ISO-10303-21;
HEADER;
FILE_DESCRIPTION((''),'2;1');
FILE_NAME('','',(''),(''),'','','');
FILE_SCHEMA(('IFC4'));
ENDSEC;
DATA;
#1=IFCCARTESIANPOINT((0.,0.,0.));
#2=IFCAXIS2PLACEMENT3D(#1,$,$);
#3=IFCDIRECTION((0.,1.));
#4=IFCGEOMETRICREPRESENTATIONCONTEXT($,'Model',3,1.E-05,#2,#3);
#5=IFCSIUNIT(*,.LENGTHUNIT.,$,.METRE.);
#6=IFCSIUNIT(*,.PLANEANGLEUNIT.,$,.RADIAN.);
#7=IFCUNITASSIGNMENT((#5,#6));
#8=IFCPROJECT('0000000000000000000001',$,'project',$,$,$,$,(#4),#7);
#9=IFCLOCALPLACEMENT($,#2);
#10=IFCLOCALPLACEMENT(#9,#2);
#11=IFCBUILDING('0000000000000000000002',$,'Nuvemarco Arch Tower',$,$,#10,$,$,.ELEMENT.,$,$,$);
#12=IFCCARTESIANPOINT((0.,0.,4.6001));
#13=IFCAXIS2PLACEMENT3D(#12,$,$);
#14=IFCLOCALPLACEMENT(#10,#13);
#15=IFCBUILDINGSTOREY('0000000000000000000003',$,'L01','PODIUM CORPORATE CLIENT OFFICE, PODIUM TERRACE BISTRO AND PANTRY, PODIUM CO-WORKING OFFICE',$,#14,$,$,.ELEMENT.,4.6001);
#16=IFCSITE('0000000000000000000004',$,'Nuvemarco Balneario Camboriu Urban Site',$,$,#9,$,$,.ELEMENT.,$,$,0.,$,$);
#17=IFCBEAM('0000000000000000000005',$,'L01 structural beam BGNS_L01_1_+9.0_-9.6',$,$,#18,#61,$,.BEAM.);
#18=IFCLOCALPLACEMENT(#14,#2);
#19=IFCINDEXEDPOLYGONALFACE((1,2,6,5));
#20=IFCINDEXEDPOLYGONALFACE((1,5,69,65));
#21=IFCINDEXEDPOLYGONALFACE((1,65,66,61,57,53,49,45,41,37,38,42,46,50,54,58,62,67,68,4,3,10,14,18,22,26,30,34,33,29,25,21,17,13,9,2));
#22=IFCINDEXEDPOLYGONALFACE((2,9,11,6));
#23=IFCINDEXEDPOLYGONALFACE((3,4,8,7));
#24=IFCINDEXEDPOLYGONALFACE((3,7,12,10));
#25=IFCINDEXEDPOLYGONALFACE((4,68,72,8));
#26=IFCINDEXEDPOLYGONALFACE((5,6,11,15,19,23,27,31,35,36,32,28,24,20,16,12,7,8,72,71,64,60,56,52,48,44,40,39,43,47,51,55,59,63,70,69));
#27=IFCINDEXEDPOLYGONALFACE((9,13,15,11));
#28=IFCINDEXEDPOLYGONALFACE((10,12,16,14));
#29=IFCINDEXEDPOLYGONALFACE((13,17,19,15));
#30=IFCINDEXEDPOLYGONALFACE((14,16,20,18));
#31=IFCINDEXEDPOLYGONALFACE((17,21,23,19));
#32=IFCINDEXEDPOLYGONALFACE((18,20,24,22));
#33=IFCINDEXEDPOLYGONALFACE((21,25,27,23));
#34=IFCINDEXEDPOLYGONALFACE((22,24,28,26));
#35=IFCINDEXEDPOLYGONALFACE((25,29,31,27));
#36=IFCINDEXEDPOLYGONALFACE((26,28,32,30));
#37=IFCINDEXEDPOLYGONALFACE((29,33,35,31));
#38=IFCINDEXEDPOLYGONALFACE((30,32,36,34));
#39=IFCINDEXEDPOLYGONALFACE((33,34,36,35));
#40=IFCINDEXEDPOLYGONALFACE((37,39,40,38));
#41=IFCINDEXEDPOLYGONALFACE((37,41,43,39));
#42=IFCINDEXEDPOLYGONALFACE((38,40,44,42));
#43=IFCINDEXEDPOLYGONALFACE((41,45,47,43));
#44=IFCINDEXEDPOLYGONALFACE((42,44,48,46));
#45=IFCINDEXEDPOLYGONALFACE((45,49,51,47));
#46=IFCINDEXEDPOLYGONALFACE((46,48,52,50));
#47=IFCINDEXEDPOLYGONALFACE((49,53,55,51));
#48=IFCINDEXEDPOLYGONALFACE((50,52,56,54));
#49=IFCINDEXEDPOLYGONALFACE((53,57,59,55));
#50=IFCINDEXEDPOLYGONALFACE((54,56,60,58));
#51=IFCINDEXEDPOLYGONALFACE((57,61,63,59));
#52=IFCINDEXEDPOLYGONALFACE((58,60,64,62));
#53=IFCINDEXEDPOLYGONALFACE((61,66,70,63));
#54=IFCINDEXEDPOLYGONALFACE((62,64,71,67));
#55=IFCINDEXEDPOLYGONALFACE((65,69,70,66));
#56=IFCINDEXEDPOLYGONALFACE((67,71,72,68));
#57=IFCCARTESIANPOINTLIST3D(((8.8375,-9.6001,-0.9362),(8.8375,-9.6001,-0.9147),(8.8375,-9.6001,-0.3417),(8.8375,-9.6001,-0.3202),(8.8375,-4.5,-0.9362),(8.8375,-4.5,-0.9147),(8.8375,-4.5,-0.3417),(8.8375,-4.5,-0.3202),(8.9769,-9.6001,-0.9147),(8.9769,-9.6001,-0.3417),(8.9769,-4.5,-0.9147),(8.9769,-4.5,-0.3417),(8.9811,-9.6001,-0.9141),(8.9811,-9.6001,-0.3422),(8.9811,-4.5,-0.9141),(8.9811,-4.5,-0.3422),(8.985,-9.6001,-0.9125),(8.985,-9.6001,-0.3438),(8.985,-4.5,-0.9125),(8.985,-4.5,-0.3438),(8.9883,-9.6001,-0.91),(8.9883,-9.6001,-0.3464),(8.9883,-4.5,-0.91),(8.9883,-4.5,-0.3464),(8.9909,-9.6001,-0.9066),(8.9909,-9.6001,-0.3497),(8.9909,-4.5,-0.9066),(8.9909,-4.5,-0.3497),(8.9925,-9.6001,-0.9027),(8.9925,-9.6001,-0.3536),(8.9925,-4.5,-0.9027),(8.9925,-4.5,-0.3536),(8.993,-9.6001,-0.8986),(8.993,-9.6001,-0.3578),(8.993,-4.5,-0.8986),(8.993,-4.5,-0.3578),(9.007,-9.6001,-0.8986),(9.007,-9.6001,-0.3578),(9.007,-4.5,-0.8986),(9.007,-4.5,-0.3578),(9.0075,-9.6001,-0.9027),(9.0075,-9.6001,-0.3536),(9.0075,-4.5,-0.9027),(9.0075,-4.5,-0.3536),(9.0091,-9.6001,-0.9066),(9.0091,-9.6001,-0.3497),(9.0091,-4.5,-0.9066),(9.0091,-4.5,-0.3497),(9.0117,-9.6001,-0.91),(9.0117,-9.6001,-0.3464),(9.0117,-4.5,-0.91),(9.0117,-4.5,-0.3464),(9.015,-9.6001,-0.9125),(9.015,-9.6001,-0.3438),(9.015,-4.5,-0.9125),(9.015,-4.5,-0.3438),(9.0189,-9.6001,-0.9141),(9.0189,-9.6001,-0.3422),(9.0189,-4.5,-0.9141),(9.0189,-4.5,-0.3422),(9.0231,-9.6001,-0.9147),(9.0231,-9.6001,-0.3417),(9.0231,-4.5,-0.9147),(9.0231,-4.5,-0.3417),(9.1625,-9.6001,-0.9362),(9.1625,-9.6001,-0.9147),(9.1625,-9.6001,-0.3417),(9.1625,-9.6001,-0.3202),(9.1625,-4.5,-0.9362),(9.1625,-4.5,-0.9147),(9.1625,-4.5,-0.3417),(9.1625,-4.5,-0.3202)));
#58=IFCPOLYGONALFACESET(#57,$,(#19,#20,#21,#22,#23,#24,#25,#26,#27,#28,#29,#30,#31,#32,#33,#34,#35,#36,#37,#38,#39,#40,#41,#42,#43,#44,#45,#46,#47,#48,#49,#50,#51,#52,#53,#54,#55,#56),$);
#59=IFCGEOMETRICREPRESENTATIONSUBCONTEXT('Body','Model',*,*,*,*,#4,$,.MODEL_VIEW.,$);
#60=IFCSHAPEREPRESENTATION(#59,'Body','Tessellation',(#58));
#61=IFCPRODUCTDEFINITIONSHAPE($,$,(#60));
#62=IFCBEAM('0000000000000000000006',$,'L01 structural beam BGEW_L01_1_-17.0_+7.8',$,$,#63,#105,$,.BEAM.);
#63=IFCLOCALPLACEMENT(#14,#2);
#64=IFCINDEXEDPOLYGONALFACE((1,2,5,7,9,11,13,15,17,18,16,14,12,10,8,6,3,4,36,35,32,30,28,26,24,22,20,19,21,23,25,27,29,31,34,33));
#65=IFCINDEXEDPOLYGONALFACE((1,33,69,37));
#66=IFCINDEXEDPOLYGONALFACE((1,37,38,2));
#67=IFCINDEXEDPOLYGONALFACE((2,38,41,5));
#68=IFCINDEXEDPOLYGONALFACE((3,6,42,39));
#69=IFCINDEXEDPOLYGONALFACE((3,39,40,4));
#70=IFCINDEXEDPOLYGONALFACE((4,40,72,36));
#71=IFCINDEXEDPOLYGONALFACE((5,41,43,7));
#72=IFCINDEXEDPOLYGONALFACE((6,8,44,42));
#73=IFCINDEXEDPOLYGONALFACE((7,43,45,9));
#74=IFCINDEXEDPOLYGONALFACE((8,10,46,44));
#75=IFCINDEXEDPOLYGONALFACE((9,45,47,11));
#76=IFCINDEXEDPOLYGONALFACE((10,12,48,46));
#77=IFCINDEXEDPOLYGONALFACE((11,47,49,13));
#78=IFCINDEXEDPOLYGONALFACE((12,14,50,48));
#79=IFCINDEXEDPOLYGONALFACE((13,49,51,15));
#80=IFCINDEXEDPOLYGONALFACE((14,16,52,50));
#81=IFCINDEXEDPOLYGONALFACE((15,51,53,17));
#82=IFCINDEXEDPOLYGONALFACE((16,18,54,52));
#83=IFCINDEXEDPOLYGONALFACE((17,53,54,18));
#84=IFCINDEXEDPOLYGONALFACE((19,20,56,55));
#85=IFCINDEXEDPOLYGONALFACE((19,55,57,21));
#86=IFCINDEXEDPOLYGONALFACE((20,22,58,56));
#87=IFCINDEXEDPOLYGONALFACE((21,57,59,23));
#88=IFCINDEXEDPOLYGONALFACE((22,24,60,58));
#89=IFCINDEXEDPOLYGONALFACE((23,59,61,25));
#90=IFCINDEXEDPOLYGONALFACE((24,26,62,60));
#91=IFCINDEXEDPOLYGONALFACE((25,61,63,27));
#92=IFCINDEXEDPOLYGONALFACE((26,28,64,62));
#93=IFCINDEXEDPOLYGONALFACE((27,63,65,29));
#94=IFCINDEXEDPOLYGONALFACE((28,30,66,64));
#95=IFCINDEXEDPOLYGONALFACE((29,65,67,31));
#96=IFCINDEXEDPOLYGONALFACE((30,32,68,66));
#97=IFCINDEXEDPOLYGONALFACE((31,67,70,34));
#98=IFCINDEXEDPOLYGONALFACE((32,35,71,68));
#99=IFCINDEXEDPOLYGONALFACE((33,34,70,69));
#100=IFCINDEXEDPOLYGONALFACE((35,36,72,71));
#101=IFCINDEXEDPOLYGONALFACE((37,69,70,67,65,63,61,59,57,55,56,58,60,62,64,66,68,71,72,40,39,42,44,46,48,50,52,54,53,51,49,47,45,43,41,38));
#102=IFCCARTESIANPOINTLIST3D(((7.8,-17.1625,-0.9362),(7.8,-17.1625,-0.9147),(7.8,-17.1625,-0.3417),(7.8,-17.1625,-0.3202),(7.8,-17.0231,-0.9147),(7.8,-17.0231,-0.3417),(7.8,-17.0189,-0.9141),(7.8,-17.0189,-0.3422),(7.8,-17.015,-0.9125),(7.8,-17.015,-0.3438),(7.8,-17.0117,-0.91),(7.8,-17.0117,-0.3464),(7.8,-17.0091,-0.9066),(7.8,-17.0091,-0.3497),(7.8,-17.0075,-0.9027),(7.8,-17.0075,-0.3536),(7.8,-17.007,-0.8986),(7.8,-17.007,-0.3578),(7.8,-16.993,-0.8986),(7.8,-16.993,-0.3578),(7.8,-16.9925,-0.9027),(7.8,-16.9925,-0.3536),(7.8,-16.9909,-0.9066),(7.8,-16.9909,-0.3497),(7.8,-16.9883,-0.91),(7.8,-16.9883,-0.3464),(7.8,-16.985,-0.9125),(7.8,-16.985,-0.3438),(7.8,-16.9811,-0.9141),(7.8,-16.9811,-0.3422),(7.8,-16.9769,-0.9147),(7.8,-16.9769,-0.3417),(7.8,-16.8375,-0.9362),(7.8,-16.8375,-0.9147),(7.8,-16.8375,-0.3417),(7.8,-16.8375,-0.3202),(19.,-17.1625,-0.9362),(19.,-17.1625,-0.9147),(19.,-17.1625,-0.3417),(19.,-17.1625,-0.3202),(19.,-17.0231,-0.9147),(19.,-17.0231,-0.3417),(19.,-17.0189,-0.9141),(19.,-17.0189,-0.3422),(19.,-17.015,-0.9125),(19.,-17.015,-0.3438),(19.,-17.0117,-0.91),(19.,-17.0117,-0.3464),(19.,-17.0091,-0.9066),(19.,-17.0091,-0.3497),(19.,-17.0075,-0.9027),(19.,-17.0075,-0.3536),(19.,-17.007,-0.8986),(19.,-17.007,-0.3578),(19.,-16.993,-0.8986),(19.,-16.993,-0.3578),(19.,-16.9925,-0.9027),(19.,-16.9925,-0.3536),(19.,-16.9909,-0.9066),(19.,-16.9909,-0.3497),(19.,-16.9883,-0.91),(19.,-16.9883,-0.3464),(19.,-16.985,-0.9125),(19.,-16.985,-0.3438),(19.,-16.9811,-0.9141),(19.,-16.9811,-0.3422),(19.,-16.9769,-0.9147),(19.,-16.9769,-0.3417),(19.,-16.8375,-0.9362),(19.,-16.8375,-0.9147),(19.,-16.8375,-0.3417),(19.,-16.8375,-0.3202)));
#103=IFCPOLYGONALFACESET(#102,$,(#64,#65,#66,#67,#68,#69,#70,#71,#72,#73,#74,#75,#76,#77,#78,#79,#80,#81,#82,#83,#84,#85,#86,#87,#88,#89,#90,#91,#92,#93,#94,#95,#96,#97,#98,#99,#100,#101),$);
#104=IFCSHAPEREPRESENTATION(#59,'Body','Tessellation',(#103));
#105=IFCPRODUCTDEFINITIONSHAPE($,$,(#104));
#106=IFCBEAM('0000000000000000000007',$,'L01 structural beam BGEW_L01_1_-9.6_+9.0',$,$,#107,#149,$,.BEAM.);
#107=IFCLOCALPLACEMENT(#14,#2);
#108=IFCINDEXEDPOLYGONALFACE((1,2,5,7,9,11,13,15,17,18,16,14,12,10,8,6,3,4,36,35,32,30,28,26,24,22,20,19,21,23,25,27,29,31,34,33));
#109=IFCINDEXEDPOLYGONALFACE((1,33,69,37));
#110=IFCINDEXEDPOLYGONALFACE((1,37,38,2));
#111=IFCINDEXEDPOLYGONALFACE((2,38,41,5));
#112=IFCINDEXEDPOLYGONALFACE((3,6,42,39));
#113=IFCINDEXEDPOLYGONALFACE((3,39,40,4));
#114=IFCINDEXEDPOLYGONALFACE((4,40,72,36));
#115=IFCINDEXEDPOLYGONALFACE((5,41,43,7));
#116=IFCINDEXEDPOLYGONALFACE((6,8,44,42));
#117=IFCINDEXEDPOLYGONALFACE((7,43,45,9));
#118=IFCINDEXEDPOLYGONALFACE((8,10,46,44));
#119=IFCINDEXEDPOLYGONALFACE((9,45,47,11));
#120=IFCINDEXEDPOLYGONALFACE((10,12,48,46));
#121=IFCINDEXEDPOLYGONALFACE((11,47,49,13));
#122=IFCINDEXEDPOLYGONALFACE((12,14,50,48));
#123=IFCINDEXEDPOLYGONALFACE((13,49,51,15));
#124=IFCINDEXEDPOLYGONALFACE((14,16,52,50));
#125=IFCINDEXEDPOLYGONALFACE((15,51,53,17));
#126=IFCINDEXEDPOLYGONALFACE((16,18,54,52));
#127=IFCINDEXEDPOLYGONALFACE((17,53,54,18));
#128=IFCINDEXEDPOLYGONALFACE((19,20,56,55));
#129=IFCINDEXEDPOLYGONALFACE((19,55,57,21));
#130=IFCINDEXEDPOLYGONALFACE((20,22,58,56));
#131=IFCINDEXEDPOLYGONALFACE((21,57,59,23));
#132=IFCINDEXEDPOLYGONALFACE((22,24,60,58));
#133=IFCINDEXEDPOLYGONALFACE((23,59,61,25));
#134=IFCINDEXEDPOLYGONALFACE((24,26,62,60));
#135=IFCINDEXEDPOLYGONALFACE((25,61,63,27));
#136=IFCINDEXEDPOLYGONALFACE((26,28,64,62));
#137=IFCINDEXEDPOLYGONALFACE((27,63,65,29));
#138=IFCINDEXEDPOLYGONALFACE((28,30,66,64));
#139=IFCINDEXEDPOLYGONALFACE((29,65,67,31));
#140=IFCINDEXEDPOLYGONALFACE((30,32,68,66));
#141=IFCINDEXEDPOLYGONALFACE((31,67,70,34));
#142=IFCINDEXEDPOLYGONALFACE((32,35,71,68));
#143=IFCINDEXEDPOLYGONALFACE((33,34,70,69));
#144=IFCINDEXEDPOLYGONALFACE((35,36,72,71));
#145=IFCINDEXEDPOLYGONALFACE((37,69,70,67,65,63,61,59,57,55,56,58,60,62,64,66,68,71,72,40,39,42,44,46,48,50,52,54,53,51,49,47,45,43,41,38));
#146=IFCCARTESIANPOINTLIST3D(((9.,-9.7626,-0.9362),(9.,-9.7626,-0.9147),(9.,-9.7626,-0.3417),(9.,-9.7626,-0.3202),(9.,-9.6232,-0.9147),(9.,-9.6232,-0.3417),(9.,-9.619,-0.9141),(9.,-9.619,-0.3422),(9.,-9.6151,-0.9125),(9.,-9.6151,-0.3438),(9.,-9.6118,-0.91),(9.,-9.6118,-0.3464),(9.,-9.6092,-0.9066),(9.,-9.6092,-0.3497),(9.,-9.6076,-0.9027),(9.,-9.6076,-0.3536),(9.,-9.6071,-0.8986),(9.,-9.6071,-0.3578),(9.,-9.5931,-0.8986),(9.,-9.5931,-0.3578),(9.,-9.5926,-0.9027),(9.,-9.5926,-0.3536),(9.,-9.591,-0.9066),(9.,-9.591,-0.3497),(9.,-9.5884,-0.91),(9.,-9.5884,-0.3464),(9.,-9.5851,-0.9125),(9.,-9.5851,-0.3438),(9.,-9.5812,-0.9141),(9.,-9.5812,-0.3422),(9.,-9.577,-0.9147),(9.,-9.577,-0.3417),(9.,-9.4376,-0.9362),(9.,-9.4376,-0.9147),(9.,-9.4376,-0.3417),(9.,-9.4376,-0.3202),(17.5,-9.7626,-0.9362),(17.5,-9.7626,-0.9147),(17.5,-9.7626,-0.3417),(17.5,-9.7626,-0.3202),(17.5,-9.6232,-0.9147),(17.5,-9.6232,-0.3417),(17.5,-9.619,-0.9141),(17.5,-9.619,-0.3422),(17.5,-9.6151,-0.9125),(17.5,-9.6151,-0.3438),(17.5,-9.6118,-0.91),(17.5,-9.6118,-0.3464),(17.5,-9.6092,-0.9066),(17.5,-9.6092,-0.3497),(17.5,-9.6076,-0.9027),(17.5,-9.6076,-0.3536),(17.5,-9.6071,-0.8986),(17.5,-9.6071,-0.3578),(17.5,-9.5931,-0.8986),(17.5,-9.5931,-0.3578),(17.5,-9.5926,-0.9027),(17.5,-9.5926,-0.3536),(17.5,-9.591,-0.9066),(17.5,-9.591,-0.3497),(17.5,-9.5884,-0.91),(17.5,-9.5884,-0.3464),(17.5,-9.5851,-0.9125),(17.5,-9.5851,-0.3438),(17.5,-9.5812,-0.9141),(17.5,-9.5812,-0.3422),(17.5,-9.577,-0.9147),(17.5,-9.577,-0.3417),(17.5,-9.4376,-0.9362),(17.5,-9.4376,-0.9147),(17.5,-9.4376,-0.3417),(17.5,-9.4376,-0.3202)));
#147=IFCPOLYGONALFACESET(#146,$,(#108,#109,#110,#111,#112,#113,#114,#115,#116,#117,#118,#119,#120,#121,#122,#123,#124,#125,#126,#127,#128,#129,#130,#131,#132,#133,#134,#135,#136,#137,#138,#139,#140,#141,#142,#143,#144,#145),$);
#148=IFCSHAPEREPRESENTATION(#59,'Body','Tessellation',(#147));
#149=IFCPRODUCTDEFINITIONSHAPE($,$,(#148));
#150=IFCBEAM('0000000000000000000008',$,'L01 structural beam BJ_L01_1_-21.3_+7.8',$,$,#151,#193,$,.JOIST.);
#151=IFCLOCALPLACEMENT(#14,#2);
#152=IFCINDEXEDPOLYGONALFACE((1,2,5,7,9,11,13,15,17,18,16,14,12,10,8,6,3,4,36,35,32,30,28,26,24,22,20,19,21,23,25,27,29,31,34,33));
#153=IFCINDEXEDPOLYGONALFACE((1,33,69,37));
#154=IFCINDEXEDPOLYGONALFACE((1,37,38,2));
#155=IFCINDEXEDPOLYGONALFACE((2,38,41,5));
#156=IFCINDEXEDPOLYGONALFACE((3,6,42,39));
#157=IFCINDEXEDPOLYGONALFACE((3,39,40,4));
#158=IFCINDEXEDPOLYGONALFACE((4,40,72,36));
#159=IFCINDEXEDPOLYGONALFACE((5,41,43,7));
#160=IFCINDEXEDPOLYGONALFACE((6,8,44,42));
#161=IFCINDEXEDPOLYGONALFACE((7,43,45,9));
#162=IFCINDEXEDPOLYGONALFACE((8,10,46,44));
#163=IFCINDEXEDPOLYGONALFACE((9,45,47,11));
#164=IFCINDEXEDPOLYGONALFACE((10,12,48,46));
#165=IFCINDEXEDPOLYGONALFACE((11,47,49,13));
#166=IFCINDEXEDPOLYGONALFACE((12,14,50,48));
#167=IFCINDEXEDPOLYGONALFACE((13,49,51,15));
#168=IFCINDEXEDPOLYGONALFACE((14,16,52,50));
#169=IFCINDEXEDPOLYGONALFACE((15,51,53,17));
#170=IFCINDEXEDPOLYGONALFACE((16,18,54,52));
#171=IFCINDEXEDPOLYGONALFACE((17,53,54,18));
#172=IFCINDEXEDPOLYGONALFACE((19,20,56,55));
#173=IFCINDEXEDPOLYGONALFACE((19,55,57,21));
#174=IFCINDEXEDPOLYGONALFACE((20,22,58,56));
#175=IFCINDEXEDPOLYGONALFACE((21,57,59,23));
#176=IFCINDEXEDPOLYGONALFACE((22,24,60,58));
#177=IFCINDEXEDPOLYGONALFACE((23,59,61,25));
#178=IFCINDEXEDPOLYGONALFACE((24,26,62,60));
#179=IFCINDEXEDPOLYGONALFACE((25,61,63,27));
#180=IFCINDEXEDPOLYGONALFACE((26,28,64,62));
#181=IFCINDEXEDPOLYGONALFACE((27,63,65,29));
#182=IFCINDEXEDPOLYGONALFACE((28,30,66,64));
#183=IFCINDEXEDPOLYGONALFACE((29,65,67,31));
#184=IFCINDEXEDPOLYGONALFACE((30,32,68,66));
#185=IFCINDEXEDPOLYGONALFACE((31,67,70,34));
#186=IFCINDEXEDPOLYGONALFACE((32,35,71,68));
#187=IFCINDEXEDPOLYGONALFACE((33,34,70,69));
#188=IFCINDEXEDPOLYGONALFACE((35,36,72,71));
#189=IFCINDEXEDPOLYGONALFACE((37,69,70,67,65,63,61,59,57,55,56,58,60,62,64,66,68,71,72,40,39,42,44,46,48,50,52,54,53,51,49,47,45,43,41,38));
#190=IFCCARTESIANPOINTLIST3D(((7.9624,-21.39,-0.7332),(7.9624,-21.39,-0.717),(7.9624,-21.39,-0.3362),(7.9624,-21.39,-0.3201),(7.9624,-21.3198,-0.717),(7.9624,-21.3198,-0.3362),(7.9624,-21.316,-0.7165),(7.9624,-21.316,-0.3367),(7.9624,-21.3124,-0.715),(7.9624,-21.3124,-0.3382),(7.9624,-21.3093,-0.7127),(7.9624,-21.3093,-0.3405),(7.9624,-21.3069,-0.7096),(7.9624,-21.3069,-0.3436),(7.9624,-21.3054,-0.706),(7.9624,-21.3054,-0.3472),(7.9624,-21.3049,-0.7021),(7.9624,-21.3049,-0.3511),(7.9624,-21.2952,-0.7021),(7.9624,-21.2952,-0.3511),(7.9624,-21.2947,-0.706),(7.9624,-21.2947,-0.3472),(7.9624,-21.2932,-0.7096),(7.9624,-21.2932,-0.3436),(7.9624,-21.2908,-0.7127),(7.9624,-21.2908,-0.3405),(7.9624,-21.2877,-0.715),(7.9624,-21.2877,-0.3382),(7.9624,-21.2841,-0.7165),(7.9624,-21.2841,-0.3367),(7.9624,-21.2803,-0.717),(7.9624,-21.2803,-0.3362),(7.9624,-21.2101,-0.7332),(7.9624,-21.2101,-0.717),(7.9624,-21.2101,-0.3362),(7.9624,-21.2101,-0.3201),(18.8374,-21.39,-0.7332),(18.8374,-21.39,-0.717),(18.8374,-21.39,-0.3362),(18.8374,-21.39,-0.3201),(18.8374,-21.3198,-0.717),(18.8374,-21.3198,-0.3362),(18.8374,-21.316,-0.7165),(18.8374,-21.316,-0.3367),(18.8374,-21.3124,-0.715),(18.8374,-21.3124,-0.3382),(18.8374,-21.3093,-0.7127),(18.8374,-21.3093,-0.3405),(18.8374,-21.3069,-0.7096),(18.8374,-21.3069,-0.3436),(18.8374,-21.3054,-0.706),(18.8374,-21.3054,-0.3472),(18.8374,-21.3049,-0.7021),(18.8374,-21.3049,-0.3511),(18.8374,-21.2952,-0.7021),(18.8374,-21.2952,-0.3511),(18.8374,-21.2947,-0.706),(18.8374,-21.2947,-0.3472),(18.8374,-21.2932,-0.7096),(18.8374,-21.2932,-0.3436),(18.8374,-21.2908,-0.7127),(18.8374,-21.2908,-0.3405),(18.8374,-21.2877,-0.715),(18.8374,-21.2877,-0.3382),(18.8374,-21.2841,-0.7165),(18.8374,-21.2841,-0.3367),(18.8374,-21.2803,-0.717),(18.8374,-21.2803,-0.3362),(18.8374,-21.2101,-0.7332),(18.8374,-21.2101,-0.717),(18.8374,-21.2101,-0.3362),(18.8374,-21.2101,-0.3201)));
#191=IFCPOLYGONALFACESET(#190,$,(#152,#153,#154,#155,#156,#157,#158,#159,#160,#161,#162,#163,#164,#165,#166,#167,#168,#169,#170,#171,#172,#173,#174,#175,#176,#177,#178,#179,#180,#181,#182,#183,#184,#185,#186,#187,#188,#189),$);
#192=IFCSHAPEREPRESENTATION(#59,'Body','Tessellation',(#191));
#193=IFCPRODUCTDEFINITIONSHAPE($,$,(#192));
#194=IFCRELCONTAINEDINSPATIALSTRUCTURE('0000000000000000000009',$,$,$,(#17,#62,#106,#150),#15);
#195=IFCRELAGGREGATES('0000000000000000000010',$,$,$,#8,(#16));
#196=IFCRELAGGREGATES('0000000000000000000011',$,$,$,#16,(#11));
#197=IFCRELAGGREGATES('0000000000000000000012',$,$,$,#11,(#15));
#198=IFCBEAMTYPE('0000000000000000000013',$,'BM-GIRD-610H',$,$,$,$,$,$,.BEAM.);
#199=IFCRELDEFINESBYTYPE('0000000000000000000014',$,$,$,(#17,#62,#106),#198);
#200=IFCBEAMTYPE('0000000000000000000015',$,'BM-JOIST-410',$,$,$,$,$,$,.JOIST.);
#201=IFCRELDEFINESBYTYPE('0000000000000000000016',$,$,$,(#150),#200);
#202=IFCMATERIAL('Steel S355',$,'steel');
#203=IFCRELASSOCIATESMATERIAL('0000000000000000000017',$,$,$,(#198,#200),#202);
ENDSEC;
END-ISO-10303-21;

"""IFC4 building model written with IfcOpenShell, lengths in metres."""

from ifc_helpers import new_model, si_unit, direction, frame, origin, origin_2d, place, context, subcontext, project, spatial, i_section, extrude, material, material_profile, profile_set, type_object, element, save


model = new_model("IFC4")

# Units and contexts
model_context = context("Model", 3, precision=1e-05, world=origin(), true_north=direction((0.0, 1.0)))
body_context = subcontext(model_context, "Body", "Model", "MODEL_VIEW")
ifc_project = project(units=[si_unit("LENGTHUNIT", "METRE"), si_unit("PLANEANGLEUNIT", "RADIAN")], contexts=[model_context])

# Site, building, storey
site_placement = place(None, origin())
site = spatial("IfcSite", under=ifc_project, at=site_placement, Name="Nuvemarco Balneario Camboriu Urban Site", CompositionType="ELEMENT", RefElevation=0.0)
building_placement = place(site_placement, origin())
building = spatial("IfcBuilding", under=site, at=building_placement, Name="Nuvemarco Arch Tower", CompositionType="ELEMENT")
storey_placement = place(building_placement, frame((0.0, 0.0, 4.6001)))
storey = spatial("IfcBuildingStorey", under=building, at=storey_placement, Name="L01", Description="PODIUM CORPORATE CLIENT OFFICE, PODIUM TERRACE BISTRO AND PANTRY, PODIUM CO-WORKING OFFICE", CompositionType="ELEMENT", Elevation=4.6001)

# Beams
ifc_material_1 = material(Name="Steel S355", Category="steel")
ifc_material_profile_1 = material_profile(ifc_material_1, i_section(OverallWidth=0.325, OverallDepth=0.616, WebThickness=0.0139, FlangeThickness=0.0215, FilletRadius=0.0161, at=origin_2d()), Name="W610x174")
ifc_profile_set_1 = profile_set([ifc_material_profile_1], Name="Steel S355")
beam_type_1 = type_object("IfcBeamType", Name="BM-GIRD-610H", PredefinedType="BEAM", material=ifc_profile_set_1)
beam_1_placement = place(storey_placement, frame((9.0, -9.6001, -0.6282), z_axis=(0.0, 1.0, 0.0), x_axis=(-1.0, 0.0, 0.0)))
element("IfcBeam", 1, at=beam_1_placement, inside=storey, type_object=beam_type_1, Name="L01 structural beam BGNS_L01_1_+9.0_-9.6", PredefinedType="BEAM", context=body_context, shape_type="SweptSolid", body=[
    extrude(i_section(OverallWidth=0.325, OverallDepth=0.616, WebThickness=0.0139, FlangeThickness=0.0215, FilletRadius=0.0161, at=origin_2d()), origin(), (0.0, 0.0, 1.0), 5.1001),
])
beam_2_placement = place(storey_placement, frame((7.8, -17.0, -0.6282), z_axis=(1.0, 0.0, 0.0), x_axis=(0.0, 1.0, 0.0)))
element("IfcBeam", 2, at=beam_2_placement, inside=storey, type_object=beam_type_1, Name="L01 structural beam BGEW_L01_1_-17.0_+7.8", PredefinedType="BEAM", context=body_context, shape_type="SweptSolid", body=[
    extrude(i_section(OverallWidth=0.325, OverallDepth=0.616, WebThickness=0.0139, FlangeThickness=0.0215, FilletRadius=0.0161, at=origin_2d()), origin(), (0.0, 0.0, 1.0), 11.2),
])
beam_3_placement = place(storey_placement, frame((9.0, -9.6001, -0.6282), z_axis=(1.0, 0.0, 0.0), x_axis=(0.0, 1.0, 0.0)))
element("IfcBeam", 3, at=beam_3_placement, inside=storey, type_object=beam_type_1, Name="L01 structural beam BGEW_L01_1_-9.6_+9.0", PredefinedType="BEAM", context=body_context, shape_type="SweptSolid", body=[
    extrude(i_section(OverallWidth=0.325, OverallDepth=0.616, WebThickness=0.0139, FlangeThickness=0.0215, FilletRadius=0.0161, at=origin_2d()), origin(), (0.0, 0.0, 1.0), 8.5),
])
ifc_material_profile_2 = material_profile(ifc_material_1, i_section(OverallWidth=0.1799, OverallDepth=0.4131, WebThickness=0.0098, FlangeThickness=0.0161, FilletRadius=0.0149, at=origin_2d()), Name="W410x75")
ifc_profile_set_2 = profile_set([ifc_material_profile_2], Name="Steel S355")
beam_type_2 = type_object("IfcBeamType", Name="BM-JOIST-410", PredefinedType="JOIST", material=ifc_profile_set_2)
beam_4_placement = place(storey_placement, frame((7.9624, -21.3, -0.5266), z_axis=(1.0, 0.0, 0.0), x_axis=(0.0, 1.0, 0.0)))
element("IfcBeam", 4, at=beam_4_placement, inside=storey, type_object=beam_type_2, Name="L01 structural beam BJ_L01_1_-21.3_+7.8", PredefinedType="JOIST", context=body_context, shape_type="SweptSolid", body=[
    extrude(i_section(OverallWidth=0.1799, OverallDepth=0.4131, WebThickness=0.0098, FlangeThickness=0.0161, FilletRadius=0.0149, at=origin_2d()), origin(), (0.0, 0.0, 1.0), 10.875),
])

save(model, "model.ifc")
